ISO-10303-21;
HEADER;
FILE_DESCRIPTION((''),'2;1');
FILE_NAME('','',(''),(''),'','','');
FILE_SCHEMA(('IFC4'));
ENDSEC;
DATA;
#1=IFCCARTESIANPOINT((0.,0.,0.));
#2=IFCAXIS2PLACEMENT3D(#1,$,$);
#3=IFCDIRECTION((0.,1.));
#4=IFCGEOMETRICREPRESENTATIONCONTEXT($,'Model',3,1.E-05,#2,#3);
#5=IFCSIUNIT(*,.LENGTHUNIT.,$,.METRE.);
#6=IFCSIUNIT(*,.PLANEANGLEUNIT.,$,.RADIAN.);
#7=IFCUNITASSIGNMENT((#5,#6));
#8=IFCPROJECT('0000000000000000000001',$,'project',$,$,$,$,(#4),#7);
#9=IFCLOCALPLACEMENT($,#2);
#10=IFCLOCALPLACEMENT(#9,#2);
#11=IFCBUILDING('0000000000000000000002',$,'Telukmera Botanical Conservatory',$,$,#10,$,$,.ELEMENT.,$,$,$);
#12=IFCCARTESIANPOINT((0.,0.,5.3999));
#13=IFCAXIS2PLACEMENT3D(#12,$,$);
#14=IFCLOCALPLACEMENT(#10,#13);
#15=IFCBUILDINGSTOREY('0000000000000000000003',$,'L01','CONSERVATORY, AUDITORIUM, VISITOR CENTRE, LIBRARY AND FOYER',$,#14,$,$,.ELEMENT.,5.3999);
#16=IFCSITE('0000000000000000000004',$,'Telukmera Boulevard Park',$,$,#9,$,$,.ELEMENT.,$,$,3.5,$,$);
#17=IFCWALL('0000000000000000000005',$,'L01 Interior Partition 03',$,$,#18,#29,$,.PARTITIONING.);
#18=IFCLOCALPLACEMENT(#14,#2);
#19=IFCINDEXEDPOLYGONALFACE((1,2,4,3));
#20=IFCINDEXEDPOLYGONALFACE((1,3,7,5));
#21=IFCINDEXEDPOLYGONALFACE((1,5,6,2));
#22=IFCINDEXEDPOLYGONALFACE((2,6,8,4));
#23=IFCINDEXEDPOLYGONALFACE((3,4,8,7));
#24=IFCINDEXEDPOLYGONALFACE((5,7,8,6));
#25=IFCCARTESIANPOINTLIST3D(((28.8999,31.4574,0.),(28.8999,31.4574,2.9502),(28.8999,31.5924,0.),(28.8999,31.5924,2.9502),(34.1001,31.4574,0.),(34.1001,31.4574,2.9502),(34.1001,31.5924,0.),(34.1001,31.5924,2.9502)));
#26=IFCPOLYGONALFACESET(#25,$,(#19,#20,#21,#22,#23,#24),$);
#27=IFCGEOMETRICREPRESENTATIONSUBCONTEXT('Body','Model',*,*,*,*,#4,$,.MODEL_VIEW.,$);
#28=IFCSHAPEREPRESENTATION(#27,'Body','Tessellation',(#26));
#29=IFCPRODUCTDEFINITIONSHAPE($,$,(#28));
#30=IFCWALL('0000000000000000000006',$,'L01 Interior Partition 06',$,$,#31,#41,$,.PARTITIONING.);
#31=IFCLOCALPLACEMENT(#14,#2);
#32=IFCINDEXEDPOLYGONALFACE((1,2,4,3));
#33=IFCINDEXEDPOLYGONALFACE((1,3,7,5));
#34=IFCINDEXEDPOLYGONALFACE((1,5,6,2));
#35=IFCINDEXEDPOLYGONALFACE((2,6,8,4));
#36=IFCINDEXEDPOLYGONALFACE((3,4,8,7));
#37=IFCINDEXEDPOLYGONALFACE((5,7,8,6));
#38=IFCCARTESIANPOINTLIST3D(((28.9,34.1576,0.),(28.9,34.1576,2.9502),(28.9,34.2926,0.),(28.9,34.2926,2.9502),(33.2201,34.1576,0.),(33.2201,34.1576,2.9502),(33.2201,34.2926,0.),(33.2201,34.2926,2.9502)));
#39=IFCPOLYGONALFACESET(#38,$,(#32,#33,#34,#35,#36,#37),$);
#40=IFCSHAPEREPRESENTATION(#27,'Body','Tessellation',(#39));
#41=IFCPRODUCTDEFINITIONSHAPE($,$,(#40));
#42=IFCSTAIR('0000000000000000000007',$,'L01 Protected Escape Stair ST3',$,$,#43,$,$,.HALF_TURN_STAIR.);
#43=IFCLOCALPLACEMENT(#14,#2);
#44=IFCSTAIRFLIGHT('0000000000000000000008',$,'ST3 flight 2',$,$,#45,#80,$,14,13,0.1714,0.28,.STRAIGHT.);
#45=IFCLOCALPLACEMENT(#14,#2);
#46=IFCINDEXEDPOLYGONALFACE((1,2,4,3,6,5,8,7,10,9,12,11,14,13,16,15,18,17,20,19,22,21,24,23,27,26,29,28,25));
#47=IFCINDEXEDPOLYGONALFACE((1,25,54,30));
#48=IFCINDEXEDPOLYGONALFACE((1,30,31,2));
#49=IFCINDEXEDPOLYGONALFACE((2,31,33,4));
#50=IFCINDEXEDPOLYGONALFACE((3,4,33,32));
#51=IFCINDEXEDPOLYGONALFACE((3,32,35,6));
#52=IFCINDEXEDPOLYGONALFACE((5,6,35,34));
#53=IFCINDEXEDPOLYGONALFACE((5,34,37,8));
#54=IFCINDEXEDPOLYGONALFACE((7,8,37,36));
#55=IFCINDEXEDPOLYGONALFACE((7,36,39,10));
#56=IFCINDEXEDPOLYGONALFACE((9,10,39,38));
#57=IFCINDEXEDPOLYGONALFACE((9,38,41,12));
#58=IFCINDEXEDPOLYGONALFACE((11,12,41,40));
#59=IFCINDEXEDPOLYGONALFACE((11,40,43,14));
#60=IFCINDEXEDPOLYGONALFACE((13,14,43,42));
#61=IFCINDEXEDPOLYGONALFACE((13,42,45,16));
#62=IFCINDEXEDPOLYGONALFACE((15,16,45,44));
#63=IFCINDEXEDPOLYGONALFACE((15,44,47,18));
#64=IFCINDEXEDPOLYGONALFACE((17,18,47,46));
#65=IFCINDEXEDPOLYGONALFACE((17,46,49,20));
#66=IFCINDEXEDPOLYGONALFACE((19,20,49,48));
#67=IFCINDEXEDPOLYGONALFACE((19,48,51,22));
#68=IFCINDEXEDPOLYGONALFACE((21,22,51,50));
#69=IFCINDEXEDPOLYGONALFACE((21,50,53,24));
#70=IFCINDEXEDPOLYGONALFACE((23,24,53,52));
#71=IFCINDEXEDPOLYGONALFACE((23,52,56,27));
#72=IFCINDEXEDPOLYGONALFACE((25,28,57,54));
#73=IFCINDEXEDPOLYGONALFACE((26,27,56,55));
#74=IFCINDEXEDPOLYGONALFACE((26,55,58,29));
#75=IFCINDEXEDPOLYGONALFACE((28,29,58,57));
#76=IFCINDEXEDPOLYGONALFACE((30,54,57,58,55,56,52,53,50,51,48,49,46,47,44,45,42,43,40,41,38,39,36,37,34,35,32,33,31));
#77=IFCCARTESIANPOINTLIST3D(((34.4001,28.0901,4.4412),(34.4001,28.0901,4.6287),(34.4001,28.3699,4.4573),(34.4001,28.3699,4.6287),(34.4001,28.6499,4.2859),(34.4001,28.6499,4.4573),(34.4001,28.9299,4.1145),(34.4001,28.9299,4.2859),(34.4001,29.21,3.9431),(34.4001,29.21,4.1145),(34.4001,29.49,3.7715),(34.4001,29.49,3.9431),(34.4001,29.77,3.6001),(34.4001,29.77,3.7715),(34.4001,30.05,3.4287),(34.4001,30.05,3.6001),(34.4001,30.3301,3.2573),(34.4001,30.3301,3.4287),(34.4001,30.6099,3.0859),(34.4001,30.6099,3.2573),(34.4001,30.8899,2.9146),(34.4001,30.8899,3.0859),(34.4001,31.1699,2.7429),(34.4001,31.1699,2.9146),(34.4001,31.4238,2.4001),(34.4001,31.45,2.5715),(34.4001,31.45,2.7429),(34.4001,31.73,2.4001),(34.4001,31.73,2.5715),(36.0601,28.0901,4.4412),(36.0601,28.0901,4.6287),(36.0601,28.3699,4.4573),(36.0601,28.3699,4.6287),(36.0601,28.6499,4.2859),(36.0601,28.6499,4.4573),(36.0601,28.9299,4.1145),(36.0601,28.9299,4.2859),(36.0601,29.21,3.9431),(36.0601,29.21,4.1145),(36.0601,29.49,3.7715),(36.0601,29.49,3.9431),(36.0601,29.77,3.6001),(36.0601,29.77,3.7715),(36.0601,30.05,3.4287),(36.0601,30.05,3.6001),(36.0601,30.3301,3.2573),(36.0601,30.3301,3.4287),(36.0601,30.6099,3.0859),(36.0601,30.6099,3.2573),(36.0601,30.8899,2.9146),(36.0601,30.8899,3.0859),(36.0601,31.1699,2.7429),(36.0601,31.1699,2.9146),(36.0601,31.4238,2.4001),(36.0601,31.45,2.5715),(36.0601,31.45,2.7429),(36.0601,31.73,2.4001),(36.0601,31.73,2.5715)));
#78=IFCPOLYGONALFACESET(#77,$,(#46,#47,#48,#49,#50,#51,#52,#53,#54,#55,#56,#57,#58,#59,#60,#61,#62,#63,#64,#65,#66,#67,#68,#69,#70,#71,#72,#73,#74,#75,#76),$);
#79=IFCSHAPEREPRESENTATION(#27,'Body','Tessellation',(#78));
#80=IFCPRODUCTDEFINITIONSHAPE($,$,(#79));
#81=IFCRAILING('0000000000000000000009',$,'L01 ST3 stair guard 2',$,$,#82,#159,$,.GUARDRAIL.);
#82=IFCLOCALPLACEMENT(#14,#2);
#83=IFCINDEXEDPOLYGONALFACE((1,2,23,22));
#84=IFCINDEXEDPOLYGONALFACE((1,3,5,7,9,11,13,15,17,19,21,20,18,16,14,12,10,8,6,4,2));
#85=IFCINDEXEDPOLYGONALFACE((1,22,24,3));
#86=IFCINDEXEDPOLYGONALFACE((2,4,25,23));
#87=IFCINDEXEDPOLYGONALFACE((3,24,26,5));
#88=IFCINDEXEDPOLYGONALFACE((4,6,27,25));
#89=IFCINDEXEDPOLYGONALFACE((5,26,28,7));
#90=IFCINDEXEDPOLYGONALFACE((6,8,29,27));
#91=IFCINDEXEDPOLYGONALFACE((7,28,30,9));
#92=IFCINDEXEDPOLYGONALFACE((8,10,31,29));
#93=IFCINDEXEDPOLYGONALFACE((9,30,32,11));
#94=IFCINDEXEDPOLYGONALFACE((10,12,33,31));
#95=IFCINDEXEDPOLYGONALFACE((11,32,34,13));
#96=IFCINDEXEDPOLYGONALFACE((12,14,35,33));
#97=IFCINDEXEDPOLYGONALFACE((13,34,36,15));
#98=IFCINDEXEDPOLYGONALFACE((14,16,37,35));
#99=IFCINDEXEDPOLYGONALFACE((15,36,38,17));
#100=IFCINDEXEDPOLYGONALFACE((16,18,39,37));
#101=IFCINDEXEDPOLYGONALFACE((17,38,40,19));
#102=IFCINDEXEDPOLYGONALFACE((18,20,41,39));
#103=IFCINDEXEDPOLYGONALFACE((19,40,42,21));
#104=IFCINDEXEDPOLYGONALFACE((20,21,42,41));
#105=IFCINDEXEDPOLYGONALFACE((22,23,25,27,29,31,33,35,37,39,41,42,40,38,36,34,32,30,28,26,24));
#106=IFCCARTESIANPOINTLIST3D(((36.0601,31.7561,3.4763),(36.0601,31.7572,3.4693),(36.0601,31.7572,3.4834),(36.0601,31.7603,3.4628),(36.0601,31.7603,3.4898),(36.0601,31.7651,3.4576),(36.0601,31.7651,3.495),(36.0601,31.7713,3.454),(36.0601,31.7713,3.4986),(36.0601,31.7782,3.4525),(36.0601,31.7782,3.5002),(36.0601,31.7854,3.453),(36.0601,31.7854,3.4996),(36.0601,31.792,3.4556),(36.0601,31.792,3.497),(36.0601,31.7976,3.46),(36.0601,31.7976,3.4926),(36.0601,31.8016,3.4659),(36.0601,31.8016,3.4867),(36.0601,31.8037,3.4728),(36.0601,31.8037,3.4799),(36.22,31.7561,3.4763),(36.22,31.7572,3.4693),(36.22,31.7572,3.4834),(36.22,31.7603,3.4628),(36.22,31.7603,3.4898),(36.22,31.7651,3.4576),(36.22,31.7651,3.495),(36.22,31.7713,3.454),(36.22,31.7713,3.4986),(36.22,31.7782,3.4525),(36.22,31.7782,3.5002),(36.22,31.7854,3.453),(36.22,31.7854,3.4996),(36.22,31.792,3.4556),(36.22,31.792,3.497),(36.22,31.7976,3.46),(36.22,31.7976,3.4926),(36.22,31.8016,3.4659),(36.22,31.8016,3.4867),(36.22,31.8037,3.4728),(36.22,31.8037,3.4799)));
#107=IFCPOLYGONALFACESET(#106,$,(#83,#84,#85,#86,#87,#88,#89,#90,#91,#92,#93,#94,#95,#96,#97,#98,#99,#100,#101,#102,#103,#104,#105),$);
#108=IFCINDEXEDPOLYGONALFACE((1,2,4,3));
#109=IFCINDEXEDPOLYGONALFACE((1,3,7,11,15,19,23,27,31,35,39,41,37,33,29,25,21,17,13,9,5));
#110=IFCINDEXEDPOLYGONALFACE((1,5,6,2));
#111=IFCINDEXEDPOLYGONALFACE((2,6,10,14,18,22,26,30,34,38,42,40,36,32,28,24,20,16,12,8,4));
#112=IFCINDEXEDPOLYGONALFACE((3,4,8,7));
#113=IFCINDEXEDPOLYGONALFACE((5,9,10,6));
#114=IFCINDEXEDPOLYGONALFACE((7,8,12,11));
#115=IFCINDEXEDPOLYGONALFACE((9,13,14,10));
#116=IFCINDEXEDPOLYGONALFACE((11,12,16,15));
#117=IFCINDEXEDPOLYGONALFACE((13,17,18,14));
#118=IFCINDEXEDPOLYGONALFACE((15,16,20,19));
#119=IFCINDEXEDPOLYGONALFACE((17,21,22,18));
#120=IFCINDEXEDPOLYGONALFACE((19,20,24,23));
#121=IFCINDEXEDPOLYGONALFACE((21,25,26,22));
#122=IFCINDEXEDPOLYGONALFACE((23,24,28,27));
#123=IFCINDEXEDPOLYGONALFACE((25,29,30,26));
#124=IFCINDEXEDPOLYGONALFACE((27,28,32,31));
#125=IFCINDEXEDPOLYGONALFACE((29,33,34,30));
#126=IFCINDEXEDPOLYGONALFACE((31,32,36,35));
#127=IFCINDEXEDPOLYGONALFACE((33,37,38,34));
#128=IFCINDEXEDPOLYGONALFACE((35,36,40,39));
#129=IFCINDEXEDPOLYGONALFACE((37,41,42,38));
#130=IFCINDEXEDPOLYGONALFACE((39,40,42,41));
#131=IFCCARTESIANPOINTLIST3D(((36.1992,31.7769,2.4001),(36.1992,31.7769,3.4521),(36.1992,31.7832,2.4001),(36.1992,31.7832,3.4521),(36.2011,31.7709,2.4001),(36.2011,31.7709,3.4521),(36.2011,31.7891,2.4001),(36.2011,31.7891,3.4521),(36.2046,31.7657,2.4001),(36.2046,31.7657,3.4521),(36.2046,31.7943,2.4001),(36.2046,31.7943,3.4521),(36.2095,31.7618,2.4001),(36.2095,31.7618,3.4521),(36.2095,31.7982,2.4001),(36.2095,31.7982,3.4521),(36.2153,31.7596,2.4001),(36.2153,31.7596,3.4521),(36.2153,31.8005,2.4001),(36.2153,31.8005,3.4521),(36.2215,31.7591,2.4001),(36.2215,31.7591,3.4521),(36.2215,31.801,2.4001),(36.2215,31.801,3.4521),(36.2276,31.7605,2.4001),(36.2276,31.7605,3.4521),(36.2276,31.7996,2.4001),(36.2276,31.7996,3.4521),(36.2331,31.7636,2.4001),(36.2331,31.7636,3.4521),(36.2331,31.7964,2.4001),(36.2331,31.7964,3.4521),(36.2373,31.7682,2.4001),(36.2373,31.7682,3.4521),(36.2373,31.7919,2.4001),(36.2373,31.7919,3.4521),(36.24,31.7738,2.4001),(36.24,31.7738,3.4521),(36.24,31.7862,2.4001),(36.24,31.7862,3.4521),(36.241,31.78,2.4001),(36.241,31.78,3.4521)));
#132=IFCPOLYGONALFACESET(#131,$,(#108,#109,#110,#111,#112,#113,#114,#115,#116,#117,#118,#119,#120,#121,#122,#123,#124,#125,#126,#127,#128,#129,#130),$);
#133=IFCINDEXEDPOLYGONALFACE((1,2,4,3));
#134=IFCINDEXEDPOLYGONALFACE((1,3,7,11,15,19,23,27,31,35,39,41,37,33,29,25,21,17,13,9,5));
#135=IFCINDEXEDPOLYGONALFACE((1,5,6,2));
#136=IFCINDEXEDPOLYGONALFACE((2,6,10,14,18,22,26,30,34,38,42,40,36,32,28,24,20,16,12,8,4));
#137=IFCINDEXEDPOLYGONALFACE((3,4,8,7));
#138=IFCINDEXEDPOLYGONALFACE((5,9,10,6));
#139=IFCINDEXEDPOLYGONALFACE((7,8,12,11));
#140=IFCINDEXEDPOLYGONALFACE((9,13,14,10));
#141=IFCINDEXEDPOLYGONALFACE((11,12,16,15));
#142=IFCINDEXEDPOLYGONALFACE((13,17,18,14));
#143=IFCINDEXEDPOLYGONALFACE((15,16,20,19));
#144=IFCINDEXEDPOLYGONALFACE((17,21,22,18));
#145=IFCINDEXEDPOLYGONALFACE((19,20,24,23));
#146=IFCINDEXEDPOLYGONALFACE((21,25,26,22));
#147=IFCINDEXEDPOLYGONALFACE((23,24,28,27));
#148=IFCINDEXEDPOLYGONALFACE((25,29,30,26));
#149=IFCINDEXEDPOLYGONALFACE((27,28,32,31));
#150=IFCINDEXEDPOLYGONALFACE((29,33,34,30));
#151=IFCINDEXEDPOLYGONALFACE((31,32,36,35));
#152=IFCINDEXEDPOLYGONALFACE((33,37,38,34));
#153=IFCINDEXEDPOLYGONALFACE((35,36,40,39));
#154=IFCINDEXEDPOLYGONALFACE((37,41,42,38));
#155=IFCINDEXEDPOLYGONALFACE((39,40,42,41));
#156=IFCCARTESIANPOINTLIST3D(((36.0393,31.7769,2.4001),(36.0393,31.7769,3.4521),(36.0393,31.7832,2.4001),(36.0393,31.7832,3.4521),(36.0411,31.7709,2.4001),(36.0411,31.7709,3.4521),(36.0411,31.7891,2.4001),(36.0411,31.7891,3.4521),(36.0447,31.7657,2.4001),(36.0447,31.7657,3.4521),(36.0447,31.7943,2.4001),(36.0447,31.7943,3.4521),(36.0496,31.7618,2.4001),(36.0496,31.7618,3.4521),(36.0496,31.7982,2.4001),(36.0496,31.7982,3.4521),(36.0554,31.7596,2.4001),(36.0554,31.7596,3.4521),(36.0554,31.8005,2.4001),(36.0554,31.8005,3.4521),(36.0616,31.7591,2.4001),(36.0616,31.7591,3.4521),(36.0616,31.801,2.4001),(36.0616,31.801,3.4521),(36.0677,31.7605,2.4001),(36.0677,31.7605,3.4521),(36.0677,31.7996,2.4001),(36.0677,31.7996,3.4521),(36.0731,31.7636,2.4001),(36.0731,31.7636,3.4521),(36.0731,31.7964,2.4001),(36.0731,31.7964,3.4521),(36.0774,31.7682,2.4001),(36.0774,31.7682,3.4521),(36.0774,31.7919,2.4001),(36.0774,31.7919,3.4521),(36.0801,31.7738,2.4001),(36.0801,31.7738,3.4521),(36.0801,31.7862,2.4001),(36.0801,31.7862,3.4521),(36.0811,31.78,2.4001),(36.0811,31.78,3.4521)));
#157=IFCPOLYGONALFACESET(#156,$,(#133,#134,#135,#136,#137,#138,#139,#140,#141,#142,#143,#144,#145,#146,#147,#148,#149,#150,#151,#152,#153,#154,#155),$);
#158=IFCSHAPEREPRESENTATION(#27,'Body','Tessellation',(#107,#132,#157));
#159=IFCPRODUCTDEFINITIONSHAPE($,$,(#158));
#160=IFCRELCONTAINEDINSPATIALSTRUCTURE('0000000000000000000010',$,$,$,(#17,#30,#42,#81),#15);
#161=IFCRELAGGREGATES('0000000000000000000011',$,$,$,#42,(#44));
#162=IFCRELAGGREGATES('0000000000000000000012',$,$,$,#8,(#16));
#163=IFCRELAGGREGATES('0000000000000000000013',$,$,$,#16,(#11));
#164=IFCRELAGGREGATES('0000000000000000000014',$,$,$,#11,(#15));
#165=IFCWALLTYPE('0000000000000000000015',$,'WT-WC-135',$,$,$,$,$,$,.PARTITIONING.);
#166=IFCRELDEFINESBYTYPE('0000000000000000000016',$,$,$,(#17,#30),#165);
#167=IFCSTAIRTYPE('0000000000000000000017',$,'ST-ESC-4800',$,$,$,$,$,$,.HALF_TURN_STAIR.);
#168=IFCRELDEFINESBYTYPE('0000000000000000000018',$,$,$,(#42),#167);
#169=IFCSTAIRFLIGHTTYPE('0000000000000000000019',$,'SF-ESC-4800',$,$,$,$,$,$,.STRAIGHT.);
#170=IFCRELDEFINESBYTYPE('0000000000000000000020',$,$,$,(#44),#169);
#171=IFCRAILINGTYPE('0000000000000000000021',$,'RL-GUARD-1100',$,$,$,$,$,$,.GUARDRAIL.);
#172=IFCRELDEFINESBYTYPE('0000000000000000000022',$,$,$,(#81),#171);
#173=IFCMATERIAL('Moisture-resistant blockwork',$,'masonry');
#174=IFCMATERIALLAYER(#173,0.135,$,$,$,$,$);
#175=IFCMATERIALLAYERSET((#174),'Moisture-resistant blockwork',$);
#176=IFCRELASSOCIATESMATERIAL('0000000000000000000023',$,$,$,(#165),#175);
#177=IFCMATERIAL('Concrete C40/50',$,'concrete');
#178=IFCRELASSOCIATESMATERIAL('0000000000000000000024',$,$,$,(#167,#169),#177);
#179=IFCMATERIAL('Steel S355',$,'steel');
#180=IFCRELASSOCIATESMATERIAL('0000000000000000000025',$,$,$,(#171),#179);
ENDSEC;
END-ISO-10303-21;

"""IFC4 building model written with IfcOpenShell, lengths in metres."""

from ifc_helpers import new_model, si_unit, direction, frame, frame_2d, origin, origin_2d, place, context, subcontext, project, spatial, polyline, rectangle, circle, outline, extrude, material, layer, layer_set, type_object, element, aggregate, save


model = new_model("IFC4")

# Units and contexts
model_context = context("Model", 3, precision=1e-05, world=origin(), true_north=direction((0.0, 1.0)))
body_context = subcontext(model_context, "Body", "Model", "MODEL_VIEW")
ifc_project = project(units=[si_unit("LENGTHUNIT", "METRE"), si_unit("PLANEANGLEUNIT", "RADIAN")], contexts=[model_context])

# Site, building, storey
site_placement = place(None, origin())
site = spatial("IfcSite", under=ifc_project, at=site_placement, Name="Telukmera Boulevard Park", CompositionType="ELEMENT", RefElevation=3.5)
building_placement = place(site_placement, origin())
building = spatial("IfcBuilding", under=site, at=building_placement, Name="Telukmera Botanical Conservatory", CompositionType="ELEMENT")
storey_placement = place(building_placement, frame((0.0, 0.0, 5.3999)))
storey = spatial("IfcBuildingStorey", under=building, at=storey_placement, Name="L01", Description="CONSERVATORY, AUDITORIUM, VISITOR CENTRE, LIBRARY AND FOYER", CompositionType="ELEMENT", Elevation=5.3999)

# Shared definitions
ifc_material_1 = material(Name="Concrete C40/50", Category="concrete")

# Wall
ifc_material_2 = material(Name="Moisture-resistant blockwork", Category="masonry")
ifc_layer_1 = layer(ifc_material_2, 0.135)
ifc_layer_set_1 = layer_set([ifc_layer_1], Name="Moisture-resistant blockwork")
wall_type_1 = type_object("IfcWallType", Name="WT-WC-135", PredefinedType="PARTITIONING", material=ifc_layer_set_1)
wall_1_placement = place(storey_placement, frame((28.8999, 31.5249, 0.0), z_axis=(0.0, 0.0, 1.0), x_axis=(1.0, 0.0, 0.0)))
element("IfcWall", 1, at=wall_1_placement, inside=storey, type_object=wall_type_1, Name="L01 Interior Partition 03", PredefinedType="PARTITIONING", context=body_context, shape_type="SweptSolid", body=[
    extrude(rectangle(XDim=5.2002, YDim=0.135, at=frame_2d((2.6001, 0.0))), origin(), (0.0, 0.0, 1.0), 2.9502),
])

# Wall
wall_2_placement = place(storey_placement, frame((28.8999, 34.2251, 0.0), z_axis=(0.0, 0.0, 1.0), x_axis=(1.0, 0.0, 0.0)))
element("IfcWall", 2, at=wall_2_placement, inside=storey, type_object=wall_type_1, Name="L01 Interior Partition 06", PredefinedType="PARTITIONING", context=body_context, shape_type="SweptSolid", body=[
    extrude(rectangle(XDim=4.3201, YDim=0.135, at=frame_2d((2.1602, 0.0))), origin(), (0.0, 0.0, 1.0), 2.9502),
])

# Stair, stair flight
stair_type = type_object("IfcStairType", Name="ST-ESC-4800", PredefinedType="HALF_TURN_STAIR", material=ifc_material_1)
stair_placement = place(storey_placement, origin())
stair = element("IfcStair", 3, at=stair_placement, inside=storey, type_object=stair_type, Name="L01 Protected Escape Stair ST3", PredefinedType="HALF_TURN_STAIR")
stair_flight_type = type_object("IfcStairFlightType", Name="SF-ESC-4800", PredefinedType="STRAIGHT", material=ifc_material_1)
stair_flight_placement = place(storey_placement, frame((35.23, 31.73, 2.4001), z_axis=(0.0, 0.0, 1.0), x_axis=(0.0, -1.0, 0.0)))
stair_flight = element("IfcStairFlight", 4, at=stair_flight_placement, type_object=stair_flight_type, Name="ST3 flight 2", NumberOfRisers=14, NumberOfTreads=13, PredefinedType="STRAIGHT", RiserHeight=0.1714, TreadLength=0.28, context=body_context, shape_type="SweptSolid", body=[
    extrude(outline(polyline([(0.0, 0.0), (0.0, 0.1714), (0.28, 0.1714), (0.28, 0.3428), (0.5601, 0.3428), (0.5601, 0.5144), (0.8401, 0.5144), (0.8401, 0.6858), (1.1201, 0.6858), (1.1201, 0.8572), (1.3999, 0.8572), (1.3999, 1.0286), (1.6799, 1.0286), (1.6799, 1.2), (1.96, 1.2), (1.96, 1.3713), (2.24, 1.3713), (2.24, 1.543), (2.52, 1.543), (2.52, 1.7144), (2.8, 1.7144), (2.8, 1.8857), (3.0801, 1.8857), (3.0801, 2.0571), (3.3601, 2.0571), (3.3601, 2.2285), (3.6399, 2.2285), (3.6399, 2.3999), (3.6399, 2.041), (0.3062, 0.0), (0.0, 0.0)])), frame((0.0, 0.8301, 0.0), z_axis=(0.0, -1.0, 0.0), x_axis=(1.0, 0.0, 0.0)), (0.0, 0.0, 1.0), 1.6599),
])
aggregate(stair, [stair_flight])

# Railing
ifc_material_3 = material(Name="Steel S355", Category="steel")
railing_type_1 = type_object("IfcRailingType", Name="RL-GUARD-1100", PredefinedType="GUARDRAIL", material=ifc_material_3)
railing_1_placement = place(storey_placement, frame((36.22, 31.78, 2.4001)))
element("IfcRailing", 5, at=railing_1_placement, inside=storey, type_object=railing_type_1, Name="L01 ST3 stair guard 2", PredefinedType="GUARDRAIL", context=body_context, shape_type="SweptSolid", body=[
    extrude(circle(Radius=0.0239, at=origin_2d()), frame((0.0, 0.0, 1.0762), z_axis=(-1.0, 0.0, 0.0), x_axis=(0.0, -1.0, 0.0)), (0.0, 0.0, 1.0), 0.1599),
    extrude(circle(Radius=0.021, at=origin_2d()), origin(), (0.0, 0.0, 1.0), 1.052),
    extrude(circle(Radius=0.021, at=origin_2d()), frame((-0.1599, 0.0, 0.0)), (0.0, 0.0, 1.0), 1.052),
])

save(model, "model.ifc")
